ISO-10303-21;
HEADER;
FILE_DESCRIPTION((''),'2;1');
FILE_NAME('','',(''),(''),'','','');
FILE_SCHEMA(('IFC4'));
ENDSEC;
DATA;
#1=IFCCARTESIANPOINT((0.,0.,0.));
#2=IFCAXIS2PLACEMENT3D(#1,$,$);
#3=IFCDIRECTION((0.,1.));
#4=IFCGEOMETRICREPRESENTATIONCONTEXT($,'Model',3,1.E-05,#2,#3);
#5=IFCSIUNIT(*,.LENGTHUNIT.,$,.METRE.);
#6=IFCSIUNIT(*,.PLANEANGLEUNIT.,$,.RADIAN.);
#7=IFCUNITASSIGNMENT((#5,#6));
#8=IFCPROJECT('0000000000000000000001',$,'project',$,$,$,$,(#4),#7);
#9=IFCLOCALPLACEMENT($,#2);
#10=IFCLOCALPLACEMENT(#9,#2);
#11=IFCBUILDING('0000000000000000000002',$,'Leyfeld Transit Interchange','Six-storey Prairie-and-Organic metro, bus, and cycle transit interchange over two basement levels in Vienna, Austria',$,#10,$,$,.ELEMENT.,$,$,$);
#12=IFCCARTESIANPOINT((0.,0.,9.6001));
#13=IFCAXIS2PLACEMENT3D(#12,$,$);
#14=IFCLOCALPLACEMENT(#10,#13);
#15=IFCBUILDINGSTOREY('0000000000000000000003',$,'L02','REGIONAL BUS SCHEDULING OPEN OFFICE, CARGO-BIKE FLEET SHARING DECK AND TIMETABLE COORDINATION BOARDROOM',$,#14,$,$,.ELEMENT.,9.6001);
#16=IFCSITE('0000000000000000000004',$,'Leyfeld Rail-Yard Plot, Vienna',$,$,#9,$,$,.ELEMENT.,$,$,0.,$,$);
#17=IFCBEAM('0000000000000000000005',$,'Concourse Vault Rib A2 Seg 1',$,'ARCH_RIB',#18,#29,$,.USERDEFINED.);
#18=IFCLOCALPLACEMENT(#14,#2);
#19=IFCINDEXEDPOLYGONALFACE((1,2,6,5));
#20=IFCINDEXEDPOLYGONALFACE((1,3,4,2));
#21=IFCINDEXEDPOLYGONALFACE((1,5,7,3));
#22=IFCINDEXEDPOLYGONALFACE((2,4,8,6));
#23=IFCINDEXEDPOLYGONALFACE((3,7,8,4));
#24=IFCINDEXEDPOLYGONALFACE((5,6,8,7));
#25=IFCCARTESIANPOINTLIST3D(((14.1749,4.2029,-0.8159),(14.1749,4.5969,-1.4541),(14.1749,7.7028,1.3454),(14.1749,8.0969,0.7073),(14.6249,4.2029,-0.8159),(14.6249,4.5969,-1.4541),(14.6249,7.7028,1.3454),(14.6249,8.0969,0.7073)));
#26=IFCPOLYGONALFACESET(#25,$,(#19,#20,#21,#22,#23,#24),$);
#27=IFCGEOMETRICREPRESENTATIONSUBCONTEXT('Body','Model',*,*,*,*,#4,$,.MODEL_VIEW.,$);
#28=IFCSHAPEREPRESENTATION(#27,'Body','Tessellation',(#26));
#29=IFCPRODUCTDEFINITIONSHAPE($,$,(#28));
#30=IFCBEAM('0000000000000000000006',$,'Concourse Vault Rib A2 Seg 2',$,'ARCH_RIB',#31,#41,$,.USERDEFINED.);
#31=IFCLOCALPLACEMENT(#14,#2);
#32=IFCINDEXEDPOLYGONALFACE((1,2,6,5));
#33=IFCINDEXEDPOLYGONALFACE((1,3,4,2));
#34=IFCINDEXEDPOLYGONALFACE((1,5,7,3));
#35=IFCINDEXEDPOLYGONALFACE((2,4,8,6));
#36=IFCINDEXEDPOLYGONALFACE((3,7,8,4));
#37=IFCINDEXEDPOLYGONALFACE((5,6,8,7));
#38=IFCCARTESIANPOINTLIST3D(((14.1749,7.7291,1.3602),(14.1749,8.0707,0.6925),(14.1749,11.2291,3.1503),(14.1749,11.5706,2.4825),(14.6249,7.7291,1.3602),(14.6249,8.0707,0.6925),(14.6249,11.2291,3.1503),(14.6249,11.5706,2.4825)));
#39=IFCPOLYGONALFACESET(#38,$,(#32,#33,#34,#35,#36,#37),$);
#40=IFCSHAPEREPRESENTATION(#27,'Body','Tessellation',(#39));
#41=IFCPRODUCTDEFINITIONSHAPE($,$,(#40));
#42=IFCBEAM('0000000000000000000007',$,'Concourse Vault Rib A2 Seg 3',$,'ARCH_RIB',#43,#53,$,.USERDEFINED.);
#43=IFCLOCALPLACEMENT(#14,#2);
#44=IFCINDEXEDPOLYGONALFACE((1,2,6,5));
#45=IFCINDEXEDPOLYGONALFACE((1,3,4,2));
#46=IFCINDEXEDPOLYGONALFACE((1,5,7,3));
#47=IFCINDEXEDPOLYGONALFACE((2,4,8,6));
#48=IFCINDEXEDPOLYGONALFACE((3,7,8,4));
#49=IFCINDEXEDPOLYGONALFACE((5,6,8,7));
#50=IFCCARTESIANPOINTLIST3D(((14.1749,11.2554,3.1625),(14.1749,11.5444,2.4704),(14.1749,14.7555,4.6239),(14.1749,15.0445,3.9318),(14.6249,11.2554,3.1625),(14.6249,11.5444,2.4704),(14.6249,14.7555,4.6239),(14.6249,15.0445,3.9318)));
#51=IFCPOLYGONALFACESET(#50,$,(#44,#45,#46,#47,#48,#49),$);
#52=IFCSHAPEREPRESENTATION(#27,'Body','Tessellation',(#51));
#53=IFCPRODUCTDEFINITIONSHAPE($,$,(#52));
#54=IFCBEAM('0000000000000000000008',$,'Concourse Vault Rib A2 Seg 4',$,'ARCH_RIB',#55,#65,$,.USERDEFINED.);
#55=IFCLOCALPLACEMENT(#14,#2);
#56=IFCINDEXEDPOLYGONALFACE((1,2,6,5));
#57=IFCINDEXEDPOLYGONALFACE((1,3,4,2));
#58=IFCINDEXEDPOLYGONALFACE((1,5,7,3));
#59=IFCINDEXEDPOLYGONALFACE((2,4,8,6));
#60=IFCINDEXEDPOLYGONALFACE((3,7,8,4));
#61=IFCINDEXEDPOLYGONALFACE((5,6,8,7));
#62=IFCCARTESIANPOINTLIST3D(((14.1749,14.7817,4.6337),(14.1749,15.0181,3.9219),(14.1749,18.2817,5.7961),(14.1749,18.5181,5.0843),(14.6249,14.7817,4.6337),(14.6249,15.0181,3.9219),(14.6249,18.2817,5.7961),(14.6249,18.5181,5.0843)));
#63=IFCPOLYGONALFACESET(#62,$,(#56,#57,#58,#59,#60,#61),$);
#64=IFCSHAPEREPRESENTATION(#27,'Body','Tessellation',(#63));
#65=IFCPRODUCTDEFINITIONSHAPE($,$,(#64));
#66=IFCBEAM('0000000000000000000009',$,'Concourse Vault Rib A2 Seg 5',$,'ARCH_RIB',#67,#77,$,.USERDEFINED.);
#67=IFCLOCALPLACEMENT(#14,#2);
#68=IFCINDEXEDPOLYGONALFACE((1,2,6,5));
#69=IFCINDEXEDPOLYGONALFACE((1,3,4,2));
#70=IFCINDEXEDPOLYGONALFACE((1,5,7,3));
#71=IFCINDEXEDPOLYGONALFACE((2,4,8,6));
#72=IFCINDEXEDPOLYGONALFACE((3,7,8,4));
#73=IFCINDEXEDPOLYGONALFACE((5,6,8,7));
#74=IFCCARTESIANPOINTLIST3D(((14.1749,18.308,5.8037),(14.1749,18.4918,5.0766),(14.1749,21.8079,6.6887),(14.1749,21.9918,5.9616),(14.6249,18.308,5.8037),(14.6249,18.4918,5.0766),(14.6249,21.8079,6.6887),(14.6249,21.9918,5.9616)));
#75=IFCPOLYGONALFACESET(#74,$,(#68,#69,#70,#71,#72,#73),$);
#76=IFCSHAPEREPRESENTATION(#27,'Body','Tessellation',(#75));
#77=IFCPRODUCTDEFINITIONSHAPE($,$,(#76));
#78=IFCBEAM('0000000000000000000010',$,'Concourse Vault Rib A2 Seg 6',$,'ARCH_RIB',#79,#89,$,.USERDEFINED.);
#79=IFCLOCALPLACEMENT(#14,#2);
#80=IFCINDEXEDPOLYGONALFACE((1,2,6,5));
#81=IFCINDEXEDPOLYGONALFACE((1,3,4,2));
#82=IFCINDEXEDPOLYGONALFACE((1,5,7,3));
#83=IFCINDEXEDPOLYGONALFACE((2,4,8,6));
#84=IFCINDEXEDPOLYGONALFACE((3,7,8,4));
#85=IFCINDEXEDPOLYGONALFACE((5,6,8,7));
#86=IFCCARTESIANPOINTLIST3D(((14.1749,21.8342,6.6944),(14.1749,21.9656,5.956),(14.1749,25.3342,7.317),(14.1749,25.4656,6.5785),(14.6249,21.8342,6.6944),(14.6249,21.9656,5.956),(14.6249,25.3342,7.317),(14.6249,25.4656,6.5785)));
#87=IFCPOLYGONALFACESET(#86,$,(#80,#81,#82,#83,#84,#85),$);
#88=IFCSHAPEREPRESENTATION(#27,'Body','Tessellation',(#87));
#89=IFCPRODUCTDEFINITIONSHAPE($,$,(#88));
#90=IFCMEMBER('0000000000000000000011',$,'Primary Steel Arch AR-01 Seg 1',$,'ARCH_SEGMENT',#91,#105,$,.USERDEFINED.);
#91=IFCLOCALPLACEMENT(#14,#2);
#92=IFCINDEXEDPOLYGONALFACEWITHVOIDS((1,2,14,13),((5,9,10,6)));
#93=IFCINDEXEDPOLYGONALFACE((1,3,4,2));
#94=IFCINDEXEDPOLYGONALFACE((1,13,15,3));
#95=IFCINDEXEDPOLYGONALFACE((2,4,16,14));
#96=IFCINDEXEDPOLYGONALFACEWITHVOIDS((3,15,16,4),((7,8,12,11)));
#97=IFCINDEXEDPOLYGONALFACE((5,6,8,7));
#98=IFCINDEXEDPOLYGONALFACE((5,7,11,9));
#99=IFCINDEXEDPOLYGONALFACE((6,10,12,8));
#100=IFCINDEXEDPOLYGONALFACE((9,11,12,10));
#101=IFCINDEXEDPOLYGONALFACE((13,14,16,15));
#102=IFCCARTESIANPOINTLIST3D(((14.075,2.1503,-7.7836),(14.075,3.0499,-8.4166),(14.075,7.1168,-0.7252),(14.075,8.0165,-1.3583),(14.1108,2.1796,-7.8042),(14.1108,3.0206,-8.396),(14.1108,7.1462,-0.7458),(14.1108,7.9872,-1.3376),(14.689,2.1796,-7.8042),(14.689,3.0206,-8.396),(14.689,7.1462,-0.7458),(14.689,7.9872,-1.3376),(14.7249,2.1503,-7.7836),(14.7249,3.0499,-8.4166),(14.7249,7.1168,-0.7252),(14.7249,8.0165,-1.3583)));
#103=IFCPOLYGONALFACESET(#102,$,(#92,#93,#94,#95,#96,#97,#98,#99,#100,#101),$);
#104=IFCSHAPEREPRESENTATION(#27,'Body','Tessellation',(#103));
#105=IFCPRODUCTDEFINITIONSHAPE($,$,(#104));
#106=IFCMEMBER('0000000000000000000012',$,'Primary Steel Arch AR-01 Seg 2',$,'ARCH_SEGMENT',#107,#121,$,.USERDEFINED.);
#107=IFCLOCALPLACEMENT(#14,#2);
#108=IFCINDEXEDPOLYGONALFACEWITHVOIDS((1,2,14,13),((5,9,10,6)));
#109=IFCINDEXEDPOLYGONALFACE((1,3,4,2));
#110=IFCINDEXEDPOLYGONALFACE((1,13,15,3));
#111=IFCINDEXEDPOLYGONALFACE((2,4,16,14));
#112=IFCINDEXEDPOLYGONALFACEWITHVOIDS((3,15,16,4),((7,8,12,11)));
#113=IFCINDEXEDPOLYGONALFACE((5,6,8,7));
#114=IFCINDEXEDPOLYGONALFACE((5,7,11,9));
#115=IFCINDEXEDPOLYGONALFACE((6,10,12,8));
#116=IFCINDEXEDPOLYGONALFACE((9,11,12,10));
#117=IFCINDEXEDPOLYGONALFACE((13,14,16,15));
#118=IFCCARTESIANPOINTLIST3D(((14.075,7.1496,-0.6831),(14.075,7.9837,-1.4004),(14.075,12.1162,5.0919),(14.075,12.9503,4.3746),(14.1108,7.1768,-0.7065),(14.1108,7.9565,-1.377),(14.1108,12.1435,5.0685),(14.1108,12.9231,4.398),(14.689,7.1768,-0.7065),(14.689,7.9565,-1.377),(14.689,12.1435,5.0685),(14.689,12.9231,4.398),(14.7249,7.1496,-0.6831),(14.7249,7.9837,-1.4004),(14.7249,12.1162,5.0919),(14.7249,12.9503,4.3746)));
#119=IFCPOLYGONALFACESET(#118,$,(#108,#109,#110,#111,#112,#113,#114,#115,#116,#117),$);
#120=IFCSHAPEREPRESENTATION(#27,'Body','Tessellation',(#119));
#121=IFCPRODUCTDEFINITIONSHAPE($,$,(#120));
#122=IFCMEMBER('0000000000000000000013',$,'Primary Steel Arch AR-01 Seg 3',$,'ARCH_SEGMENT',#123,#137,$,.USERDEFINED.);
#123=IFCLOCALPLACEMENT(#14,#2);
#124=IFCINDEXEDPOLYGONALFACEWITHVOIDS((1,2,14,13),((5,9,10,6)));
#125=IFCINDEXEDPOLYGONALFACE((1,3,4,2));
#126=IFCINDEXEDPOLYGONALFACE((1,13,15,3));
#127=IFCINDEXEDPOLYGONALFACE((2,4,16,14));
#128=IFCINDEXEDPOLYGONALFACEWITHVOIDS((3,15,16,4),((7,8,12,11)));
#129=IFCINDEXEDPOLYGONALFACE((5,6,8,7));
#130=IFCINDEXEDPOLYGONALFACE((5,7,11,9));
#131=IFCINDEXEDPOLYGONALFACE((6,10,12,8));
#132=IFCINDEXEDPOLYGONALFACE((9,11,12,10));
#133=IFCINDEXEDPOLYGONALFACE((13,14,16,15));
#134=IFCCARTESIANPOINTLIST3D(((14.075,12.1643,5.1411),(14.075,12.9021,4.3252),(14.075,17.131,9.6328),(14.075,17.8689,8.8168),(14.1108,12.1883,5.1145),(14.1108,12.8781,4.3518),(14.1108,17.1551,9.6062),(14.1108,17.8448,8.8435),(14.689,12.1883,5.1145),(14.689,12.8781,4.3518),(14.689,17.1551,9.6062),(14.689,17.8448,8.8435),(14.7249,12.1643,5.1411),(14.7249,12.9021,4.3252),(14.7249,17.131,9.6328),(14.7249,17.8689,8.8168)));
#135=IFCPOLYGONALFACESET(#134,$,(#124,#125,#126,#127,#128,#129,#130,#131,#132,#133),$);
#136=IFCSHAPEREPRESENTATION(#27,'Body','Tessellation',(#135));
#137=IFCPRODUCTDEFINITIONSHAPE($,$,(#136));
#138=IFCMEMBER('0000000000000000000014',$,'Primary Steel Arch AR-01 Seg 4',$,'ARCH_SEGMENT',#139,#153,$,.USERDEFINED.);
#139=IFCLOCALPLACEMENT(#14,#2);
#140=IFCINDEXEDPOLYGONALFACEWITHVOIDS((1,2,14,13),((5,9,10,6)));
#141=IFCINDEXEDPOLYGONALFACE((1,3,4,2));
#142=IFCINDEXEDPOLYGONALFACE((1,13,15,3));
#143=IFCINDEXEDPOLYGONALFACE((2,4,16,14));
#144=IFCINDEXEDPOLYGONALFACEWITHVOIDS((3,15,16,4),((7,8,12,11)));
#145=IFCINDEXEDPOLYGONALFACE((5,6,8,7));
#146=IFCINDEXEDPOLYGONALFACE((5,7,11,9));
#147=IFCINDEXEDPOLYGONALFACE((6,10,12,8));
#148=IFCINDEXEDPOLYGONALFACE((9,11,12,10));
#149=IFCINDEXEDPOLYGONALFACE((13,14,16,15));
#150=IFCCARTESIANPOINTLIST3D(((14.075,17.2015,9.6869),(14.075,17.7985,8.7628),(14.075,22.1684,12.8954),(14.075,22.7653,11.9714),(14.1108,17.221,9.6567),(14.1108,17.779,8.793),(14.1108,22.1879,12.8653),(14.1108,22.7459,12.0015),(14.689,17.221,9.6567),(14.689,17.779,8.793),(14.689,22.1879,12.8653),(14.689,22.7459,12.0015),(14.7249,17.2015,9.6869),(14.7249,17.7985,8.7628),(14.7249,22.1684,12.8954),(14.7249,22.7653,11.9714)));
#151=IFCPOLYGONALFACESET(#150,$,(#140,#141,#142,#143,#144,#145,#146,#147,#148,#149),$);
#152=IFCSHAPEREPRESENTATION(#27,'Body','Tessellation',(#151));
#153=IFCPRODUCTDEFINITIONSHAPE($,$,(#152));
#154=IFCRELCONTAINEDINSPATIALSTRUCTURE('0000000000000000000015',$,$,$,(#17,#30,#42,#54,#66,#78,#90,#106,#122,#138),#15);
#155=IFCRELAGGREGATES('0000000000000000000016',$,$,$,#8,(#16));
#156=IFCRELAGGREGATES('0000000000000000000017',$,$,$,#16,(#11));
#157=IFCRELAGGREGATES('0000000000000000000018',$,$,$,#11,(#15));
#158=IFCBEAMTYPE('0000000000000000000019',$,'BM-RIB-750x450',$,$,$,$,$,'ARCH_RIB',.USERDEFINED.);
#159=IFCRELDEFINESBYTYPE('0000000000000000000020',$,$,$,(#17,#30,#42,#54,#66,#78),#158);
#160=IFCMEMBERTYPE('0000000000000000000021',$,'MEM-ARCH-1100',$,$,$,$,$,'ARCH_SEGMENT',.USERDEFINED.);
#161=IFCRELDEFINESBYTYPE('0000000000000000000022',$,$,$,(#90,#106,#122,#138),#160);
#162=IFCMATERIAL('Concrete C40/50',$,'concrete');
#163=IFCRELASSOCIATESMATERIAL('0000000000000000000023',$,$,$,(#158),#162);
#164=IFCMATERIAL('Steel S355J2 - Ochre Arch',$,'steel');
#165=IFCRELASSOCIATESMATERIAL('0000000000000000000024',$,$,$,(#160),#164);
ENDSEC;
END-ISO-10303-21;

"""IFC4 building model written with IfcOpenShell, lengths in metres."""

from ifc_helpers import new_model, si_unit, direction, frame, origin, origin_2d, place, context, subcontext, project, spatial, rectangle, hollow_rectangle, extrude, material, material_profile, profile_set, type_object, element, save


model = new_model("IFC4")

# Units and contexts
model_context = context("Model", 3, precision=1e-05, world=origin(), true_north=direction((0.0, 1.0)))
body_context = subcontext(model_context, "Body", "Model", "MODEL_VIEW")
ifc_project = project(units=[si_unit("LENGTHUNIT", "METRE"), si_unit("PLANEANGLEUNIT", "RADIAN")], contexts=[model_context])

# Site, building, storey
site_placement = place(None, origin())
site = spatial("IfcSite", under=ifc_project, at=site_placement, Name="Leyfeld Rail-Yard Plot, Vienna", CompositionType="ELEMENT", RefElevation=0.0)
building_placement = place(site_placement, origin())
building = spatial("IfcBuilding", under=site, at=building_placement, Name="Leyfeld Transit Interchange", Description="Six-storey Prairie-and-Organic metro, bus, and cycle transit interchange over two basement levels in Vienna, Austria", CompositionType="ELEMENT")
storey_placement = place(building_placement, frame((0.0, 0.0, 9.6001)))
storey = spatial("IfcBuildingStorey", under=building, at=storey_placement, Name="L02", Description="REGIONAL BUS SCHEDULING OPEN OFFICE, CARGO-BIKE FLEET SHARING DECK AND TIMETABLE COORDINATION BOARDROOM", CompositionType="ELEMENT", Elevation=9.6001)

# Beams
ifc_material_1 = material(Name="Concrete C40/50", Category="concrete")
ifc_material_profile_1 = material_profile(ifc_material_1, rectangle(XDim=0.45, YDim=0.75, at=origin_2d()), Name="RC 750x450 RIB")
ifc_profile_set_1 = profile_set([ifc_material_profile_1], Name="Concrete C40/50")
beam_type = type_object("IfcBeamType", Name="BM-RIB-750x450", ElementType="ARCH_RIB", PredefinedType="USERDEFINED", material=ifc_profile_set_1)
beam_1_placement = place(storey_placement, frame((14.3999, 4.3999, -1.135), z_axis=(0.0, 0.85084, 0.525425), x_axis=(-1.0, 0.0, 0.0)))
element("IfcBeam", 1, at=beam_1_placement, inside=storey, type_object=beam_type, Name="Concourse Vault Rib A2 Seg 1", ObjectType="ARCH_RIB", PredefinedType="USERDEFINED", context=body_context, shape_type="SweptSolid", body=[
    extrude(rectangle(XDim=0.45, YDim=0.75, at=origin_2d()), origin(), (0.0, 0.0, 1.0), 4.1135),
])
beam_2_placement = place(storey_placement, frame((14.3999, 7.8999, 1.0264), z_axis=(0.0, 0.890316, 0.455343), x_axis=(-1.0, 0.0, 0.0)))
element("IfcBeam", 2, at=beam_2_placement, inside=storey, type_object=beam_type, Name="Concourse Vault Rib A2 Seg 2", ObjectType="ARCH_RIB", PredefinedType="USERDEFINED", context=body_context, shape_type="SweptSolid", body=[
    extrude(rectangle(XDim=0.45, YDim=0.75, at=origin_2d()), origin(), (0.0, 0.0, 1.0), 3.9312),
])
beam_3_placement = place(storey_placement, frame((14.3999, 11.3999, 2.8164), z_axis=(0.0, 0.922787, 0.38531), x_axis=(-1.0, 0.0, 0.0)))
element("IfcBeam", 3, at=beam_3_placement, inside=storey, type_object=beam_type, Name="Concourse Vault Rib A2 Seg 3", ObjectType="ARCH_RIB", PredefinedType="USERDEFINED", context=body_context, shape_type="SweptSolid", body=[
    extrude(rectangle(XDim=0.45, YDim=0.75, at=origin_2d()), origin(), (0.0, 0.0, 1.0), 3.793),
])
beam_4_placement = place(storey_placement, frame((14.3999, 14.8999, 4.2778), z_axis=(0.0, 0.949034, 0.315175), x_axis=(-1.0, 0.0, 0.0)))
element("IfcBeam", 4, at=beam_4_placement, inside=storey, type_object=beam_type, Name="Concourse Vault Rib A2 Seg 4", ObjectType="ARCH_RIB", PredefinedType="USERDEFINED", context=body_context, shape_type="SweptSolid", body=[
    extrude(rectangle(XDim=0.45, YDim=0.75, at=origin_2d()), origin(), (0.0, 0.0, 1.0), 3.688),
])
beam_5_placement = place(storey_placement, frame((14.3999, 18.3999, 5.4402), z_axis=(0.0, 0.969487, 0.245144), x_axis=(-1.0, 0.0, 0.0)))
element("IfcBeam", 5, at=beam_5_placement, inside=storey, type_object=beam_type, Name="Concourse Vault Rib A2 Seg 5", ObjectType="ARCH_RIB", PredefinedType="USERDEFINED", context=body_context, shape_type="SweptSolid", body=[
    extrude(rectangle(XDim=0.45, YDim=0.75, at=origin_2d()), origin(), (0.0, 0.0, 1.0), 3.6101),
])
beam_6_placement = place(storey_placement, frame((14.3999, 21.8999, 6.3252), z_axis=(0.0, 0.984546, 0.175125), x_axis=(-1.0, 0.0, 0.0)))
element("IfcBeam", 6, at=beam_6_placement, inside=storey, type_object=beam_type, Name="Concourse Vault Rib A2 Seg 6", ObjectType="ARCH_RIB", PredefinedType="USERDEFINED", context=body_context, shape_type="SweptSolid", body=[
    extrude(rectangle(XDim=0.45, YDim=0.75, at=origin_2d()), origin(), (0.0, 0.0, 1.0), 3.5549),
])

# Members
ifc_material_2 = material(Name="Steel S355J2 - Ochre Arch", Category="steel")
ifc_material_profile_2 = material_profile(ifc_material_2, hollow_rectangle(XDim=0.6499, YDim=1.1001, WallThickness=0.0359, at=origin_2d()), Name="RHS 1100x650x36")
ifc_profile_set_2 = profile_set([ifc_material_profile_2], Name="Steel S355J2 - Ochre Arch")
member_type_1 = type_object("IfcMemberType", Name="MEM-ARCH-1100", ElementType="ARCH_SEGMENT", PredefinedType="USERDEFINED", material=ifc_profile_set_2)
member_1_placement = place(storey_placement, frame((14.3999, 2.6001, -8.1001), z_axis=(0.0, 0.57546, 0.81783), x_axis=(-1.0, 0.0, 0.0)))
element("IfcMember", 7, at=member_1_placement, inside=storey, type_object=member_type_1, Name="Primary Steel Arch AR-01 Seg 1", ObjectType="ARCH_SEGMENT", PredefinedType="USERDEFINED", context=body_context, shape_type="SweptSolid", body=[
    extrude(hollow_rectangle(XDim=0.6499, YDim=1.1001, WallThickness=0.0359, at=origin_2d()), origin(), (0.0, 0.0, 1.0), 8.6306),
])
member_2_placement = place(storey_placement, frame((14.3999, 7.5667, -1.0417), z_axis=(0.0, 0.65205, 0.758176), x_axis=(-1.0, 0.0, 0.0)))
element("IfcMember", 8, at=member_2_placement, inside=storey, type_object=member_type_1, Name="Primary Steel Arch AR-01 Seg 2", ObjectType="ARCH_SEGMENT", PredefinedType="USERDEFINED", context=body_context, shape_type="SweptSolid", body=[
    extrude(hollow_rectangle(XDim=0.6499, YDim=1.1001, WallThickness=0.0359, at=origin_2d()), origin(), (0.0, 0.0, 1.0), 7.6169),
])
member_3_placement = place(storey_placement, frame((14.3999, 12.5332, 4.7332), z_axis=(0.0, 0.741689, 0.670743), x_axis=(-1.0, 0.0, 0.0)))
element("IfcMember", 9, at=member_3_placement, inside=storey, type_object=member_type_1, Name="Primary Steel Arch AR-01 Seg 3", ObjectType="ARCH_SEGMENT", PredefinedType="USERDEFINED", context=body_context, shape_type="SweptSolid", body=[
    extrude(hollow_rectangle(XDim=0.6499, YDim=1.1001, WallThickness=0.0359, at=origin_2d()), origin(), (0.0, 0.0, 1.0), 6.6965),
])
member_4_placement = place(storey_placement, frame((14.3999, 17.5, 9.2249), z_axis=(0.0, 0.83998, 0.542618), x_axis=(-1.0, 0.0, 0.0)))
element("IfcMember", 10, at=member_4_placement, inside=storey, type_object=member_type_1, Name="Primary Steel Arch AR-01 Seg 4", ObjectType="ARCH_SEGMENT", PredefinedType="USERDEFINED", context=body_context, shape_type="SweptSolid", body=[
    extrude(hollow_rectangle(XDim=0.6499, YDim=1.1001, WallThickness=0.0359, at=origin_2d()), origin(), (0.0, 0.0, 1.0), 5.9131),
])

save(model, "model.ifc")
